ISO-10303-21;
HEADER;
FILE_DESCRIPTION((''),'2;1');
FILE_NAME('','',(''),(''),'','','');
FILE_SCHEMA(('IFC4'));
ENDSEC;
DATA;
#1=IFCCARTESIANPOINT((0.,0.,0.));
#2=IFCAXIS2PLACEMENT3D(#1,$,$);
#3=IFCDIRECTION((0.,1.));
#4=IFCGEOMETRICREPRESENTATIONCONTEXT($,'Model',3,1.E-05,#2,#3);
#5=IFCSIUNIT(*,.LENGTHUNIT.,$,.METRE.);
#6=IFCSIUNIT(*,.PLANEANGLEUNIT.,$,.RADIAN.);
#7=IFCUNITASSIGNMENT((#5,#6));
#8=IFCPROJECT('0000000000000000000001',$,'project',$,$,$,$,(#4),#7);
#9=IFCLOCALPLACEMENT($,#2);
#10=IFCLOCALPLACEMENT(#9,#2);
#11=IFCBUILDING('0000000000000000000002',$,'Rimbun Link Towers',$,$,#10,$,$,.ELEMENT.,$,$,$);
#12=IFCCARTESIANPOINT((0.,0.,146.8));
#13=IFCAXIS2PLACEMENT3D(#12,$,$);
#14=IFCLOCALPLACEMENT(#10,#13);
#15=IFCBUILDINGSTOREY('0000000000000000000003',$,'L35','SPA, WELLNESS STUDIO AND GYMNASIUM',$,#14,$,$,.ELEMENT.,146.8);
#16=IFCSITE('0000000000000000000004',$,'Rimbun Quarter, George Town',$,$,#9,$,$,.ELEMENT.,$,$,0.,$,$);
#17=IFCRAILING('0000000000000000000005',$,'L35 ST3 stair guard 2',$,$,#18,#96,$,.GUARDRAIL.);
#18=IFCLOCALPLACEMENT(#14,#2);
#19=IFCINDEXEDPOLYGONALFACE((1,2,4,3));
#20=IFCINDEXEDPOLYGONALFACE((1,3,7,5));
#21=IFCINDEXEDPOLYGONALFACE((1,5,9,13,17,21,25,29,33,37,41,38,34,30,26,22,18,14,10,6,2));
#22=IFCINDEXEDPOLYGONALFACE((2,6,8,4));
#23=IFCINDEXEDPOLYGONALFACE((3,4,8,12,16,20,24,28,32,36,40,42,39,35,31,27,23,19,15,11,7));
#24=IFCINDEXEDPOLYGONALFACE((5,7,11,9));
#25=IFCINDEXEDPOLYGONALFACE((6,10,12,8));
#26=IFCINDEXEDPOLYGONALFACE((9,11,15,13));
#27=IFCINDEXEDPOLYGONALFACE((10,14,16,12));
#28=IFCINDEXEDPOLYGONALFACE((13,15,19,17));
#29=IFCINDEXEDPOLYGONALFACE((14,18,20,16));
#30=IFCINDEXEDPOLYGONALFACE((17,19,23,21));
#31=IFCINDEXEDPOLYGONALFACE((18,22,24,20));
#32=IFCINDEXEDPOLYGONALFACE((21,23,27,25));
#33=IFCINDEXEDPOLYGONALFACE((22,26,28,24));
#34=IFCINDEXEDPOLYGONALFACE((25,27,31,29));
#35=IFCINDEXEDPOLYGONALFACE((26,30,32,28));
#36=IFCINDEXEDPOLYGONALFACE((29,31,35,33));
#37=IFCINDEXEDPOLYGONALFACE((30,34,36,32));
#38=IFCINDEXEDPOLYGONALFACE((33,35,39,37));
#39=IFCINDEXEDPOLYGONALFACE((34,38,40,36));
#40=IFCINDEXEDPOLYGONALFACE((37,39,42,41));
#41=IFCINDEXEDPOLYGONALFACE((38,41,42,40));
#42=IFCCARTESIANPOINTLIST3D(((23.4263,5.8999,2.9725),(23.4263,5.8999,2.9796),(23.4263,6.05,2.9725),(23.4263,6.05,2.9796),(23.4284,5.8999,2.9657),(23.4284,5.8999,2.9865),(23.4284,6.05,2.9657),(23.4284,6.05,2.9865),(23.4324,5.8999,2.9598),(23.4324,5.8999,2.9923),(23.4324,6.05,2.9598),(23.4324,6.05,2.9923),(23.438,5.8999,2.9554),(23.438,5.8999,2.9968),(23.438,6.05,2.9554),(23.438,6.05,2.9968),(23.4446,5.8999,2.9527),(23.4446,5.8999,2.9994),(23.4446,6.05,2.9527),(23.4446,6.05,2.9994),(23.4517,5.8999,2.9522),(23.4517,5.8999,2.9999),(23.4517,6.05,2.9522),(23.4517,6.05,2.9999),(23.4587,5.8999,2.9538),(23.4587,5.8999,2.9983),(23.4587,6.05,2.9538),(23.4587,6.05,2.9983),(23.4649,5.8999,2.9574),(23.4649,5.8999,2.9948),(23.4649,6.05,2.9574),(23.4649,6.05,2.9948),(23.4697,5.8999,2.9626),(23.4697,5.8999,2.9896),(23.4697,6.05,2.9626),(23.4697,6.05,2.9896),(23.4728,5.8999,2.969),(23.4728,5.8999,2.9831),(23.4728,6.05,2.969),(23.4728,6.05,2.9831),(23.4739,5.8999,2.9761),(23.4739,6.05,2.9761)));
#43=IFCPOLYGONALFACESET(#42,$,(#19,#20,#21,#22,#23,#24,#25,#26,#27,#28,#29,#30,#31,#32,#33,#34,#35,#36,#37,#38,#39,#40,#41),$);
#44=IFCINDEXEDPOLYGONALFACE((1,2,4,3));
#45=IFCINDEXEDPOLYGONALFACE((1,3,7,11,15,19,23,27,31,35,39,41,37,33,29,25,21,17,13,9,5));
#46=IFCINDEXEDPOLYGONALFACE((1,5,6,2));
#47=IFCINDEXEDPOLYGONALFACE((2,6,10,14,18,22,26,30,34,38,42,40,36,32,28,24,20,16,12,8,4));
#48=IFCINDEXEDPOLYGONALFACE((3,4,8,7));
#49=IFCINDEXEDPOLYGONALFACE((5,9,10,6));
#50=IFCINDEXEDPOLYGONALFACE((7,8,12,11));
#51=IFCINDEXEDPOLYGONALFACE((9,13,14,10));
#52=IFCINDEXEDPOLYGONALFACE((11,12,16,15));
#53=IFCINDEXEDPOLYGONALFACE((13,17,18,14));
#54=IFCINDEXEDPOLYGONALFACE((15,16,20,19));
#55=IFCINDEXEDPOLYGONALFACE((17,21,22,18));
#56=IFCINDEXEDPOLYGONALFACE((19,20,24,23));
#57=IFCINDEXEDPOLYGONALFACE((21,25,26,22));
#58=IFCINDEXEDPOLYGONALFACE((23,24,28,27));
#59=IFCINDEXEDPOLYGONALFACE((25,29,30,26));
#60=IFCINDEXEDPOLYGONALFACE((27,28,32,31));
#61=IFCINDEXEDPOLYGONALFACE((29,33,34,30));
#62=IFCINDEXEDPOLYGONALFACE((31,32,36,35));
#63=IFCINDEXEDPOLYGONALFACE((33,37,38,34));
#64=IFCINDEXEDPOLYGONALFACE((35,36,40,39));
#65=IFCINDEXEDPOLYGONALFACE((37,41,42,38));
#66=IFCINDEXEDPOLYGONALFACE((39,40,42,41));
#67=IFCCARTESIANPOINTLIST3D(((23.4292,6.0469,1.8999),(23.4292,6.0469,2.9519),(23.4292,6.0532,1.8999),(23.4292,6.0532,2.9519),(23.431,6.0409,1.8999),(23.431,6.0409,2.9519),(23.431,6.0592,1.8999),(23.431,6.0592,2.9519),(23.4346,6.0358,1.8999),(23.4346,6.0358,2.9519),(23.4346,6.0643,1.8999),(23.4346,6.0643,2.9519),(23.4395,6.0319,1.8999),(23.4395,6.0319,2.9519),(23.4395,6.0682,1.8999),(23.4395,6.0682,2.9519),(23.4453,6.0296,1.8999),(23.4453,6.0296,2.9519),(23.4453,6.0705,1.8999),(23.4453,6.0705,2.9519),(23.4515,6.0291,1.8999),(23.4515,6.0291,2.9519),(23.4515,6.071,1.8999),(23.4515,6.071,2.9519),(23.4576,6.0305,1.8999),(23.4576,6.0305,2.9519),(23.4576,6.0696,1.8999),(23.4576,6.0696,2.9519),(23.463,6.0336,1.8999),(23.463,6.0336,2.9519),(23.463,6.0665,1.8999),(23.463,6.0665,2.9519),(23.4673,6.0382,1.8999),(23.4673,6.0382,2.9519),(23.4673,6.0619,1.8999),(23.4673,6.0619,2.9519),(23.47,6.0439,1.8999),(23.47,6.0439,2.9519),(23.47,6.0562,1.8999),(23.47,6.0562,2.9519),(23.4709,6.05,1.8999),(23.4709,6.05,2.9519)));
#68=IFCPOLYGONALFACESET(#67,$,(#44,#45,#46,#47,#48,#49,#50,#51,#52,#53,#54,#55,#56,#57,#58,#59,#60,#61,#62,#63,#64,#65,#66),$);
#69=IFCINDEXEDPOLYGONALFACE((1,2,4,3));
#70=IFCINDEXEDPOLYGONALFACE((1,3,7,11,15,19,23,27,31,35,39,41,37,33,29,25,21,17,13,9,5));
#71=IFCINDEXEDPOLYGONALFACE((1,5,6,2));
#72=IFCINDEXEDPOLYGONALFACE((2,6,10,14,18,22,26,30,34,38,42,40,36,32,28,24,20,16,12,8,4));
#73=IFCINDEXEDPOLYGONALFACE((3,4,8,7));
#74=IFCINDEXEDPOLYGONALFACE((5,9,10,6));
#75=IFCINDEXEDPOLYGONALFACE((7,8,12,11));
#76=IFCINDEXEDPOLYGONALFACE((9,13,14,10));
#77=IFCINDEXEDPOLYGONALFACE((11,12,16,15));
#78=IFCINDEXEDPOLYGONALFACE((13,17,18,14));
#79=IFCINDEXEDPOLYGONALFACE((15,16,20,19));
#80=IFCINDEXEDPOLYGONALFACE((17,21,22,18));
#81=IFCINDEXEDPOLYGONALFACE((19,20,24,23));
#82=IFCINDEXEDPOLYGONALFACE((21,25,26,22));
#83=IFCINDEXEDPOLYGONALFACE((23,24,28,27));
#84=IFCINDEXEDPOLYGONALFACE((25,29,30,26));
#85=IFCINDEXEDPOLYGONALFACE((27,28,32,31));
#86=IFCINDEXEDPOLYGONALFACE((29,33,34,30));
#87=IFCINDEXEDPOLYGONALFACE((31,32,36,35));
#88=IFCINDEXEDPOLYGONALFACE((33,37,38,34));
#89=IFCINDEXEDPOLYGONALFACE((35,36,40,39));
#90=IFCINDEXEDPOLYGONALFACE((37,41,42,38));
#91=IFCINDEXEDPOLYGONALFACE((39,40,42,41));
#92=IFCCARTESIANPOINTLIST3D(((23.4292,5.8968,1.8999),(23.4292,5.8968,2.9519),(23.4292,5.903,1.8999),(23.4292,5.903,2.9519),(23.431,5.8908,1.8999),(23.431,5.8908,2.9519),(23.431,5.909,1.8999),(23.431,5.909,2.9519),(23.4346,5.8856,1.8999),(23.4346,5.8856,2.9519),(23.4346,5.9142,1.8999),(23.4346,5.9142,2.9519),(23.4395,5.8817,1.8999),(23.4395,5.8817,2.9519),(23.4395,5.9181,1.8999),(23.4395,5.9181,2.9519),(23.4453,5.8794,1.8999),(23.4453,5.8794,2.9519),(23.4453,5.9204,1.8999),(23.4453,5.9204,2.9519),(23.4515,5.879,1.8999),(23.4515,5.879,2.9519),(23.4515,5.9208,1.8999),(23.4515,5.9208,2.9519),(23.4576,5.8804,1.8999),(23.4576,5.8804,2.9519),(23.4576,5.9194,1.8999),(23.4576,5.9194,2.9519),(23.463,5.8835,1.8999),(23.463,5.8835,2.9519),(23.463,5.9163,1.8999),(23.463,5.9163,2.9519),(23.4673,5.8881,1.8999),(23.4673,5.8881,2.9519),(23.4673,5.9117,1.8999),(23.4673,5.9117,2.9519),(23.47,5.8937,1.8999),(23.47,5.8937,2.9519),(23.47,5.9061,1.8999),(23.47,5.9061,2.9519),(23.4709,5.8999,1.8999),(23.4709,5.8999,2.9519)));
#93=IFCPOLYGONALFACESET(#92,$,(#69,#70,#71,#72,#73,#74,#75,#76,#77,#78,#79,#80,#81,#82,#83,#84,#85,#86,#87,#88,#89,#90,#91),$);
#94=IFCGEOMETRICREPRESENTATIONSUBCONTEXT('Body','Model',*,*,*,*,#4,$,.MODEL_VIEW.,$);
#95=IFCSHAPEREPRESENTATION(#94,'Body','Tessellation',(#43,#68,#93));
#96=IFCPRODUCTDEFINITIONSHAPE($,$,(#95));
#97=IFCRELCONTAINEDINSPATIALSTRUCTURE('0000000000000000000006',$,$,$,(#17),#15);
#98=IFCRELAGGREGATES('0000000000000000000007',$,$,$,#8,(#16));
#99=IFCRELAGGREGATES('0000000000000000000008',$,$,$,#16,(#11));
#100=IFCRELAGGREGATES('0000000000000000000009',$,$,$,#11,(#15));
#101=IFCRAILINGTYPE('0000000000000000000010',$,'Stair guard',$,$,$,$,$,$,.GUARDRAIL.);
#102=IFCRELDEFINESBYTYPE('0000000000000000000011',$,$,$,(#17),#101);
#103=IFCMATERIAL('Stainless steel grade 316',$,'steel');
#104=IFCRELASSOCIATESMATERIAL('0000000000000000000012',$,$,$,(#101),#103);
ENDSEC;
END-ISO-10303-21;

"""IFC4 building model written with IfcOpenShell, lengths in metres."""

from ifc_helpers import new_model, si_unit, direction, frame, origin, origin_2d, place, context, subcontext, project, spatial, circle, extrude, material, type_object, element, save


model = new_model("IFC4")

# Units and contexts
model_context = context("Model", 3, precision=1e-05, world=origin(), true_north=direction((0.0, 1.0)))
body_context = subcontext(model_context, "Body", "Model", "MODEL_VIEW")
ifc_project = project(units=[si_unit("LENGTHUNIT", "METRE"), si_unit("PLANEANGLEUNIT", "RADIAN")], contexts=[model_context])

# Site, building, storey
site_placement = place(None, origin())
site = spatial("IfcSite", under=ifc_project, at=site_placement, Name="Rimbun Quarter, George Town", CompositionType="ELEMENT", RefElevation=0.0)
building_placement = place(site_placement, origin())
building = spatial("IfcBuilding", under=site, at=building_placement, Name="Rimbun Link Towers", CompositionType="ELEMENT")
storey_placement = place(building_placement, frame((0.0, 0.0, 146.8)))
storey = spatial("IfcBuildingStorey", under=building, at=storey_placement, Name="L35", Description="SPA, WELLNESS STUDIO AND GYMNASIUM", CompositionType="ELEMENT", Elevation=146.8)

# Railing
ifc_material_1 = material(Name="Stainless steel grade 316", Category="steel")
railing_type_1 = type_object("IfcRailingType", Name="Stair guard", PredefinedType="GUARDRAIL", material=ifc_material_1)
railing_1_placement = place(storey_placement, frame((23.45, 6.05, 1.8999)))
element("IfcRailing", 1, at=railing_1_placement, inside=storey, type_object=railing_type_1, Name="L35 ST3 stair guard 2", PredefinedType="GUARDRAIL", context=body_context, shape_type="SweptSolid", body=[
    extrude(circle(Radius=0.0239, at=origin_2d()), frame((0.0, 0.0, 1.0762), z_axis=(0.0, -1.0, 0.0), x_axis=(1.0, 0.0, 0.0)), (0.0, 0.0, 1.0), 0.1501),
    extrude(circle(Radius=0.021, at=origin_2d()), origin(), (0.0, 0.0, 1.0), 1.052),
    extrude(circle(Radius=0.021, at=origin_2d()), frame((0.0, -0.1501, 0.0)), (0.0, 0.0, 1.0), 1.052),
])

save(model, "model.ifc")
